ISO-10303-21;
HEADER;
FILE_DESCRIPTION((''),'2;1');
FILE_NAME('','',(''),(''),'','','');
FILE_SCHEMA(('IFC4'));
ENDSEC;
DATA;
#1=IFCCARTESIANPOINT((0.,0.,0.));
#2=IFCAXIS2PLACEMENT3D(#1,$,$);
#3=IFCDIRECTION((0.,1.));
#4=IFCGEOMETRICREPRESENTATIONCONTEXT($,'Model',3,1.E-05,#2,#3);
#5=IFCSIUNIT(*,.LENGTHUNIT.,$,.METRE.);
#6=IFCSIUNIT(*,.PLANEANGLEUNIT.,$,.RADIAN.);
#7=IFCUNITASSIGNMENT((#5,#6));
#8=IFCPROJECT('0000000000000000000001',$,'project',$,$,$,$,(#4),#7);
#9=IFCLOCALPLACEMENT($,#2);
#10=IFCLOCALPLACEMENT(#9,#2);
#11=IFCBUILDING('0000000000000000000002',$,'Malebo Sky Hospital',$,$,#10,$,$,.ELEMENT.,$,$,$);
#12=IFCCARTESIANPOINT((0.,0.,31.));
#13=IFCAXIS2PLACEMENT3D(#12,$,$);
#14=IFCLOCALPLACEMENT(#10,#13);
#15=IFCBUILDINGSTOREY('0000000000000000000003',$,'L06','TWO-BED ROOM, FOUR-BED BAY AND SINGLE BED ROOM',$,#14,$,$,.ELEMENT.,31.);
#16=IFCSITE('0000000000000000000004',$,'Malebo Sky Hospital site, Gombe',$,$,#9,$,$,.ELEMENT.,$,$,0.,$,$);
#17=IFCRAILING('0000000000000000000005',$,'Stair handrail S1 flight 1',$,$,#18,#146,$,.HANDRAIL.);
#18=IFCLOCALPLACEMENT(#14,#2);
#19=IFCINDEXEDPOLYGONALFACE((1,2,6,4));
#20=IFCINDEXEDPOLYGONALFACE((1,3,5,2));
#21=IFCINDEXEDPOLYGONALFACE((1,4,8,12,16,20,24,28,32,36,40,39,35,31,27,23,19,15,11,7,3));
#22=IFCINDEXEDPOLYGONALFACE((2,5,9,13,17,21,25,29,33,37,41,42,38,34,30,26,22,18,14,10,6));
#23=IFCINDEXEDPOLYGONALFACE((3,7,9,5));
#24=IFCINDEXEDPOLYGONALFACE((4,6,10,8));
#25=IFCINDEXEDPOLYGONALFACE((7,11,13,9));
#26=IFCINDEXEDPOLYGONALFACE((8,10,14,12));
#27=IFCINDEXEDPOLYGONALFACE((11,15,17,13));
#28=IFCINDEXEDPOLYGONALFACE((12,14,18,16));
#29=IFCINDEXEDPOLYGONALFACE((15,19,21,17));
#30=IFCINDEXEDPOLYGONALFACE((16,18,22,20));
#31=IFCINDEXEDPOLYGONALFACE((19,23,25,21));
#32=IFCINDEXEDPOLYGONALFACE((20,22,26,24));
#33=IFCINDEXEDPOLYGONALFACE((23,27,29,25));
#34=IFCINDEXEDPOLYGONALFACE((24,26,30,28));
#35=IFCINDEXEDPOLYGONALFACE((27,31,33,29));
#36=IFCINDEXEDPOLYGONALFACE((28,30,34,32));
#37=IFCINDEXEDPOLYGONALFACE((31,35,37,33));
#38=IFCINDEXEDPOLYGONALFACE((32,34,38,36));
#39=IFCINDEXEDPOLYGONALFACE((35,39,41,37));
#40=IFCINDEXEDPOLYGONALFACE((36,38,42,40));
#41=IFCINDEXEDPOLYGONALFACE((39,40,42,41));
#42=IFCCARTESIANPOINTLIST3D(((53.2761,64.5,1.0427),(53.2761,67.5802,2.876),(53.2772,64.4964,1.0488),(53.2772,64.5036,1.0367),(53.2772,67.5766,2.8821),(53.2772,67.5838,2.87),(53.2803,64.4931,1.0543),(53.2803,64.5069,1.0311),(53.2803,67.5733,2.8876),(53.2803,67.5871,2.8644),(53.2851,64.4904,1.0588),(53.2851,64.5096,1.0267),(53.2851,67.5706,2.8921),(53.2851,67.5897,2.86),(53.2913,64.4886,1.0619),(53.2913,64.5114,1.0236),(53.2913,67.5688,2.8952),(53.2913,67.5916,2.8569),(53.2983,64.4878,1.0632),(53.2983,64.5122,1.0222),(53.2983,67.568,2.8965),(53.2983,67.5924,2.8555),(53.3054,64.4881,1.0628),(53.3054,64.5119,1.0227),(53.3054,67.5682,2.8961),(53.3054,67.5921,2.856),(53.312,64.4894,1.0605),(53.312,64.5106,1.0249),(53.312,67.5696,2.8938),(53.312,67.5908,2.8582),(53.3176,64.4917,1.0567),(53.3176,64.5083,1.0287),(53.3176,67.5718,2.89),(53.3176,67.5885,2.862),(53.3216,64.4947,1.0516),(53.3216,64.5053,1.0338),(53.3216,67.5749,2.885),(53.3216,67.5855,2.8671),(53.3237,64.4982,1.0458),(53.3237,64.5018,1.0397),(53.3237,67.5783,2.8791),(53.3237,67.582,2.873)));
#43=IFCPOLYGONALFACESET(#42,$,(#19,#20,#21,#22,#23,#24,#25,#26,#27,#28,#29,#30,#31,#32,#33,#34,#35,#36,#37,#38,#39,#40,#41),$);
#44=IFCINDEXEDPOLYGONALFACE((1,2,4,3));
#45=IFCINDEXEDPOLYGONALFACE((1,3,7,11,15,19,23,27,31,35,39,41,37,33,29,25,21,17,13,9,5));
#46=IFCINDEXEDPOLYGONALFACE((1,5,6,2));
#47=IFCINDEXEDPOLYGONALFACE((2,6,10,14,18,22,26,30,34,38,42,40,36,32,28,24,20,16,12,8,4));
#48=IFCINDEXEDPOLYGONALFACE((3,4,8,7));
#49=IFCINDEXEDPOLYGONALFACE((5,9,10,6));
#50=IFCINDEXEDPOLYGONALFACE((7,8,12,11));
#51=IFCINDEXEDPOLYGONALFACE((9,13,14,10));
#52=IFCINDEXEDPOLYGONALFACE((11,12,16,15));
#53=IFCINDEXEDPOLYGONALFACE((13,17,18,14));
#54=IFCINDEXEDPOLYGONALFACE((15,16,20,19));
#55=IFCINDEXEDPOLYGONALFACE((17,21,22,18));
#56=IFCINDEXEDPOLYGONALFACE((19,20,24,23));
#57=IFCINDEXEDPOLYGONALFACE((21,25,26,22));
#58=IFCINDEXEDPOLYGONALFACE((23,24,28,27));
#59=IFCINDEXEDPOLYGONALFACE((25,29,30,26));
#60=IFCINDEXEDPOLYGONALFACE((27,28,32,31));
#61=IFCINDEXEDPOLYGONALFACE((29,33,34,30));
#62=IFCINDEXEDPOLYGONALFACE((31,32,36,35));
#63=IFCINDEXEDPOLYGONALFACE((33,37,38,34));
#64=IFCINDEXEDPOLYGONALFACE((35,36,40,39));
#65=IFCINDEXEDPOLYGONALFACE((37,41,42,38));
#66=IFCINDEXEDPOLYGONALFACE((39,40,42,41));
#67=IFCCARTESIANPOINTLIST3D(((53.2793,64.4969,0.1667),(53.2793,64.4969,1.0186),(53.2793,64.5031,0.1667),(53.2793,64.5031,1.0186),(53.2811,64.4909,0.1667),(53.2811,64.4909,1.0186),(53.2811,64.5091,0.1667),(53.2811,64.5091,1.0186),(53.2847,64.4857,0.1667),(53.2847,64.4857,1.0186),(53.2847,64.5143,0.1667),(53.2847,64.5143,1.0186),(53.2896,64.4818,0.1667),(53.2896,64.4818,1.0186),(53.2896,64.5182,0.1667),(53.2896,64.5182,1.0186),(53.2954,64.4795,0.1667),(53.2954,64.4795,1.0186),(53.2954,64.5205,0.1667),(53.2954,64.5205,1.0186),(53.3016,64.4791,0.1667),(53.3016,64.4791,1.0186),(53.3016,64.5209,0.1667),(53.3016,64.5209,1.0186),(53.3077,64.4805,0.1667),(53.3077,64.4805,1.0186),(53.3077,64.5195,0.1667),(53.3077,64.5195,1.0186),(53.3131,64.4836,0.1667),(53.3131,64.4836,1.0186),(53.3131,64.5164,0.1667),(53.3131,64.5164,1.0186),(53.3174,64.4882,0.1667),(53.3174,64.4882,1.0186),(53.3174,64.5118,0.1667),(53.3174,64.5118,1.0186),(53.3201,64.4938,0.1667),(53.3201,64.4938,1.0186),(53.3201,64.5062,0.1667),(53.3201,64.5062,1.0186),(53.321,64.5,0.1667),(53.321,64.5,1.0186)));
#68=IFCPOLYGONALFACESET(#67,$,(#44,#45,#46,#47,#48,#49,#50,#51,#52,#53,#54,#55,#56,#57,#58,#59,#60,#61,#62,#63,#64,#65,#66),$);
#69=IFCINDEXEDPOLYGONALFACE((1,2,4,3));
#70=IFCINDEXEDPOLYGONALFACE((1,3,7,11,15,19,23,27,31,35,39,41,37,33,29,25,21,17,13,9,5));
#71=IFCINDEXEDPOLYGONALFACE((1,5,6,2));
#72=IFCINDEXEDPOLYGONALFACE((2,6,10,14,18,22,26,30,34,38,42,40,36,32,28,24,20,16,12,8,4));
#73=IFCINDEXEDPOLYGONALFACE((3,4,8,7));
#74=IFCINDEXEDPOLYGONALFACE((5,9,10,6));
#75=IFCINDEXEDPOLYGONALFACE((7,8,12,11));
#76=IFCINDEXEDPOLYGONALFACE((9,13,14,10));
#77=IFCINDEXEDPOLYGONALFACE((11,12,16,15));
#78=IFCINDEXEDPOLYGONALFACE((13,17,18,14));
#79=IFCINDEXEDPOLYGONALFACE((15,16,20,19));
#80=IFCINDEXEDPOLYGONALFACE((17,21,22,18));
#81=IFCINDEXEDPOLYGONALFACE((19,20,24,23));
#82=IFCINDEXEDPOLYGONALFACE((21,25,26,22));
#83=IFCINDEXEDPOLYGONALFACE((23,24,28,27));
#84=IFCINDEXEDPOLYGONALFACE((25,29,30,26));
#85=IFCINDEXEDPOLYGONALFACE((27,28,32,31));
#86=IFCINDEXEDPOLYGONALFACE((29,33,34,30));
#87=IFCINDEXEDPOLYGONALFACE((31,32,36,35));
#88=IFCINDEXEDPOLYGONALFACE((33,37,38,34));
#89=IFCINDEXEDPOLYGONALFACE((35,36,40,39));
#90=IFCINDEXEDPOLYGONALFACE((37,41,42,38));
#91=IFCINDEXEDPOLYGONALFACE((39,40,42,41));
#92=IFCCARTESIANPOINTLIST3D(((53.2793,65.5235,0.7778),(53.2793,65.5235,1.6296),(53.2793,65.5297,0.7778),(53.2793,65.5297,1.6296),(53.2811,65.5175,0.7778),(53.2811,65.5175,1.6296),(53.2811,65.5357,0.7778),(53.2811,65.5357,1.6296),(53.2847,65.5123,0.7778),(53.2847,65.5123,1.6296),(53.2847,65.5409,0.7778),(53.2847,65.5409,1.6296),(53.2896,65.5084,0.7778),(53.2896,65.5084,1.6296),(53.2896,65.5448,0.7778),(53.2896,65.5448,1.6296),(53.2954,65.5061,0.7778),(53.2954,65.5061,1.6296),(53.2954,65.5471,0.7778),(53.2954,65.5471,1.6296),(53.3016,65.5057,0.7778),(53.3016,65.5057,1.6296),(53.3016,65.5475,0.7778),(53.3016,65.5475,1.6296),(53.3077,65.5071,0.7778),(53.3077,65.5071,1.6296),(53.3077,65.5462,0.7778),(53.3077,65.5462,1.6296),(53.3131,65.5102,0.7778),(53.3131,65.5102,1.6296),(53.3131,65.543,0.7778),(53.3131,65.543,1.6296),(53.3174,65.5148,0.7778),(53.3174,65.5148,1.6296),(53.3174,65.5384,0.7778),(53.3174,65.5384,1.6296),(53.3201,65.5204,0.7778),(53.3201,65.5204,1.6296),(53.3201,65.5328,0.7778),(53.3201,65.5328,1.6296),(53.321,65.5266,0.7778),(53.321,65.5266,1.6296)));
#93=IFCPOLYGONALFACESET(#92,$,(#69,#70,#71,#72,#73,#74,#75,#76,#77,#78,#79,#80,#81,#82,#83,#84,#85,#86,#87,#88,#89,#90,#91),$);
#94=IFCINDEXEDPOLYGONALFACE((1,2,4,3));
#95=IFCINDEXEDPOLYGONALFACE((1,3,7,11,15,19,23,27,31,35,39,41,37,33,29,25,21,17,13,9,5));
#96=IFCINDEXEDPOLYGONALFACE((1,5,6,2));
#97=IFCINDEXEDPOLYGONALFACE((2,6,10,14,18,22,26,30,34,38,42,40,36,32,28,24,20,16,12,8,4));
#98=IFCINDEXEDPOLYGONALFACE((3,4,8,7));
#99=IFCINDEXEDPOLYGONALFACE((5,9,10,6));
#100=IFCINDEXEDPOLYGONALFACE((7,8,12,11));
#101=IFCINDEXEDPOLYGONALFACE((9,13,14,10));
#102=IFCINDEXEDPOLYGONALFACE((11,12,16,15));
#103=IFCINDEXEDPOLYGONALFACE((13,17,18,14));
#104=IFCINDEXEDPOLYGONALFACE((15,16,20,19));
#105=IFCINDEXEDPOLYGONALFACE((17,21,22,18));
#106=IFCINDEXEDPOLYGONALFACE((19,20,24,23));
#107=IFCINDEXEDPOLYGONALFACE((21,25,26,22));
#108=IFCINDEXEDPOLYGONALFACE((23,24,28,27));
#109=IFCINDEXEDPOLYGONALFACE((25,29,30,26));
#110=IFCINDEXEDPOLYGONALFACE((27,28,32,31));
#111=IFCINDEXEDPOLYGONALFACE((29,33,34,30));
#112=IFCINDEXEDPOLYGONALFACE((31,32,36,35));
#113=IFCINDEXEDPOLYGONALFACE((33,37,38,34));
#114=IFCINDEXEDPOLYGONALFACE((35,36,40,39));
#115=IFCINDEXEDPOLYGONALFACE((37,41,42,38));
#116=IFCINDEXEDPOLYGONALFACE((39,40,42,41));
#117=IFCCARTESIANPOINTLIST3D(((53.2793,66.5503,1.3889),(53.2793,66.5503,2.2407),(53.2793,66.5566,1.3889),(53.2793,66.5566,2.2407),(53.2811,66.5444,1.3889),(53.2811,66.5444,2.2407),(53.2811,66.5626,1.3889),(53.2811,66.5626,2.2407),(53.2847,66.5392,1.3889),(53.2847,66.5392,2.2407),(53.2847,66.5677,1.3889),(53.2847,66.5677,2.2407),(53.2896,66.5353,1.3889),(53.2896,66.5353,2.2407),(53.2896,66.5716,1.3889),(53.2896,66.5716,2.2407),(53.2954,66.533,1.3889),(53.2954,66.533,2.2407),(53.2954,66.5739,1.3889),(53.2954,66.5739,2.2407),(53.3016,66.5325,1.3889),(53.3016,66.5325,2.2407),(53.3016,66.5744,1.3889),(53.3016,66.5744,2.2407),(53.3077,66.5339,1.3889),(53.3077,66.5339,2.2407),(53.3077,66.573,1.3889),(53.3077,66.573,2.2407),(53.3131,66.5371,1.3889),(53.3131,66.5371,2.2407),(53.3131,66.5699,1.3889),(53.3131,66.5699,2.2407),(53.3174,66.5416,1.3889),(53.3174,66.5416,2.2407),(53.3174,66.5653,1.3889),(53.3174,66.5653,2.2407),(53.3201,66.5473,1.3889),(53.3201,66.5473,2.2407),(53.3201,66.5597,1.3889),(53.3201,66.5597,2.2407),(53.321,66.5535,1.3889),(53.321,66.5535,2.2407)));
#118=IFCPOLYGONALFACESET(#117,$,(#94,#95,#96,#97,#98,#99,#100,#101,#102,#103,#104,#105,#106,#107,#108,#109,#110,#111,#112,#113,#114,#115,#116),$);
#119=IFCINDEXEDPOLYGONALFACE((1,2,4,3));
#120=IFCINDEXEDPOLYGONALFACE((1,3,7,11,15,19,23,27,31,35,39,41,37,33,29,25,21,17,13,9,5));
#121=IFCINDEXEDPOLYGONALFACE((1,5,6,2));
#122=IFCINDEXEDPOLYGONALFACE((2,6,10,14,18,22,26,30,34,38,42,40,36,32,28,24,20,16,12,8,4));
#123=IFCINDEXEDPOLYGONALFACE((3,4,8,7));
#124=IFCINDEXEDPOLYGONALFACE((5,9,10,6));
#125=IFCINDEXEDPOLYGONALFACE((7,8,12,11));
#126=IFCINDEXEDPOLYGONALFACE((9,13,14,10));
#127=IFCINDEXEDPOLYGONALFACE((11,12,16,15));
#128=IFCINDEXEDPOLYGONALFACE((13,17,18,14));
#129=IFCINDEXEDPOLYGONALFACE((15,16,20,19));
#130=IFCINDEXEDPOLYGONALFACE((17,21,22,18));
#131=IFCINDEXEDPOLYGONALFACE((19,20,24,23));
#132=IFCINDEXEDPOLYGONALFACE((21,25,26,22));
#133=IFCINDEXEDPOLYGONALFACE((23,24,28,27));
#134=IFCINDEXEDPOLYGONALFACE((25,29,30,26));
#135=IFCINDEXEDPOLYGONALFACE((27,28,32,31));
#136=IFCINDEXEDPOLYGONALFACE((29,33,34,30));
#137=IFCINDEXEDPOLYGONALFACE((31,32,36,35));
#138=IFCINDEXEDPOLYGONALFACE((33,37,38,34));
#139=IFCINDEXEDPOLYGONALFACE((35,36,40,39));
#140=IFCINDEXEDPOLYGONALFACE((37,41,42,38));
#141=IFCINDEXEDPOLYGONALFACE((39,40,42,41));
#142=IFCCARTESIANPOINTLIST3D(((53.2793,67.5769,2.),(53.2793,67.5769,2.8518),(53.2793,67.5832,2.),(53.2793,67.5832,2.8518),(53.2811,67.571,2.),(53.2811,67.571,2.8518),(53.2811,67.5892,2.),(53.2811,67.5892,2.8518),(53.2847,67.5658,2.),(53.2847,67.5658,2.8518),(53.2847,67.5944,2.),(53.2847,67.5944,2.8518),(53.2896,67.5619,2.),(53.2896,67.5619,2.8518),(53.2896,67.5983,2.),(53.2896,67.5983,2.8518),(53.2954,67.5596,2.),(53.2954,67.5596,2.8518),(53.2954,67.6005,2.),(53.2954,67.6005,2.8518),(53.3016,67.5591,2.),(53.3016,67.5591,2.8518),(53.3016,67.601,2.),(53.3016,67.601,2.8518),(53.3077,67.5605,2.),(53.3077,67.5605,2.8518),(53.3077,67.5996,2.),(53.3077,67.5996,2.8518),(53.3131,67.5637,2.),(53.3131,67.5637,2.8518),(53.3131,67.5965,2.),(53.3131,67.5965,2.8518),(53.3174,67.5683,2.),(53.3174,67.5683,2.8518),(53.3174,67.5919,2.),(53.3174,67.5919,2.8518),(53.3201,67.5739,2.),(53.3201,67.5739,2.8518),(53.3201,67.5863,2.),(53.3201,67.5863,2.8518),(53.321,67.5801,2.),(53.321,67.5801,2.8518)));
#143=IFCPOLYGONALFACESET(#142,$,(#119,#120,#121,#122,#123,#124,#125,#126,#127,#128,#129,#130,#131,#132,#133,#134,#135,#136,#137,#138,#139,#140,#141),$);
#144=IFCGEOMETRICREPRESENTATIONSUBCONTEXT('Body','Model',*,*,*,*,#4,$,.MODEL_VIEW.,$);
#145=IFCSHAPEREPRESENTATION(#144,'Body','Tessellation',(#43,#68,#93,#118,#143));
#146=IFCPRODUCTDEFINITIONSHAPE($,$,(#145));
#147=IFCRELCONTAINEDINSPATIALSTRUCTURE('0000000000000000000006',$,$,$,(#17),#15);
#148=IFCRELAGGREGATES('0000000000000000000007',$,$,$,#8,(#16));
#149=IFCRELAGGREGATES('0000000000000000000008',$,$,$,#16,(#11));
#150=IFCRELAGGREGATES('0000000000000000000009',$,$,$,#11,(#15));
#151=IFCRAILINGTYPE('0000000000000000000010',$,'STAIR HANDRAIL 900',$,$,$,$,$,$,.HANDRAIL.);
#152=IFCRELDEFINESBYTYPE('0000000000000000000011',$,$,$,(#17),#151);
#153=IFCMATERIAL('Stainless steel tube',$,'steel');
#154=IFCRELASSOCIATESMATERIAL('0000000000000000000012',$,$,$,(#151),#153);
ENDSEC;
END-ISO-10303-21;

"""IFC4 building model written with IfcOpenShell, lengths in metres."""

from ifc_helpers import new_model, si_unit, direction, frame, origin, origin_2d, place, context, subcontext, project, spatial, circle, extrude, material, type_object, element, save


model = new_model("IFC4")

# Units and contexts
model_context = context("Model", 3, precision=1e-05, world=origin(), true_north=direction((0.0, 1.0)))
body_context = subcontext(model_context, "Body", "Model", "MODEL_VIEW")
ifc_project = project(units=[si_unit("LENGTHUNIT", "METRE"), si_unit("PLANEANGLEUNIT", "RADIAN")], contexts=[model_context])

# Site, building, storey
site_placement = place(None, origin())
site = spatial("IfcSite", under=ifc_project, at=site_placement, Name="Malebo Sky Hospital site, Gombe", CompositionType="ELEMENT", RefElevation=0.0)
building_placement = place(site_placement, origin())
building = spatial("IfcBuilding", under=site, at=building_placement, Name="Malebo Sky Hospital", CompositionType="ELEMENT")
storey_placement = place(building_placement, frame((0.0, 0.0, 31.0)))
storey = spatial("IfcBuildingStorey", under=building, at=storey_placement, Name="L06", Description="TWO-BED ROOM, FOUR-BED BAY AND SINGLE BED ROOM", CompositionType="ELEMENT", Elevation=31.0)

# Railing
ifc_material_1 = material(Name="Stainless steel tube", Category="steel")
railing_type = type_object("IfcRailingType", Name="STAIR HANDRAIL 900", PredefinedType="HANDRAIL", material=ifc_material_1)
railing_1_placement = place(storey_placement, frame((53.3, 64.5, 0.1667)))
element("IfcRailing", 1, at=railing_1_placement, inside=storey, type_object=railing_type, Name="Stair handrail S1 flight 1", PredefinedType="HANDRAIL", context=body_context, shape_type="SweptSolid", body=[
    extrude(circle(Radius=0.0239, at=origin_2d()), frame((0.0, 0.0, 0.876), z_axis=(0.0, 0.859309, 0.511458), x_axis=(-1.0, 0.0, 0.0)), (0.0, 0.0, 1.0), 3.5845),
    extrude(circle(Radius=0.021, at=origin_2d()), origin(), (0.0, 0.0, 1.0), 0.8518),
    extrude(circle(Radius=0.021, at=origin_2d()), frame((0.0, 1.0266, 0.6111)), (0.0, 0.0, 1.0), 0.8518),
    extrude(circle(Radius=0.021, at=origin_2d()), frame((0.0, 2.0535, 1.2222)), (0.0, 0.0, 1.0), 0.8518),
    extrude(circle(Radius=0.021, at=origin_2d()), frame((0.0, 3.0801, 1.8333)), (0.0, 0.0, 1.0), 0.8518),
])

save(model, "model.ifc")
